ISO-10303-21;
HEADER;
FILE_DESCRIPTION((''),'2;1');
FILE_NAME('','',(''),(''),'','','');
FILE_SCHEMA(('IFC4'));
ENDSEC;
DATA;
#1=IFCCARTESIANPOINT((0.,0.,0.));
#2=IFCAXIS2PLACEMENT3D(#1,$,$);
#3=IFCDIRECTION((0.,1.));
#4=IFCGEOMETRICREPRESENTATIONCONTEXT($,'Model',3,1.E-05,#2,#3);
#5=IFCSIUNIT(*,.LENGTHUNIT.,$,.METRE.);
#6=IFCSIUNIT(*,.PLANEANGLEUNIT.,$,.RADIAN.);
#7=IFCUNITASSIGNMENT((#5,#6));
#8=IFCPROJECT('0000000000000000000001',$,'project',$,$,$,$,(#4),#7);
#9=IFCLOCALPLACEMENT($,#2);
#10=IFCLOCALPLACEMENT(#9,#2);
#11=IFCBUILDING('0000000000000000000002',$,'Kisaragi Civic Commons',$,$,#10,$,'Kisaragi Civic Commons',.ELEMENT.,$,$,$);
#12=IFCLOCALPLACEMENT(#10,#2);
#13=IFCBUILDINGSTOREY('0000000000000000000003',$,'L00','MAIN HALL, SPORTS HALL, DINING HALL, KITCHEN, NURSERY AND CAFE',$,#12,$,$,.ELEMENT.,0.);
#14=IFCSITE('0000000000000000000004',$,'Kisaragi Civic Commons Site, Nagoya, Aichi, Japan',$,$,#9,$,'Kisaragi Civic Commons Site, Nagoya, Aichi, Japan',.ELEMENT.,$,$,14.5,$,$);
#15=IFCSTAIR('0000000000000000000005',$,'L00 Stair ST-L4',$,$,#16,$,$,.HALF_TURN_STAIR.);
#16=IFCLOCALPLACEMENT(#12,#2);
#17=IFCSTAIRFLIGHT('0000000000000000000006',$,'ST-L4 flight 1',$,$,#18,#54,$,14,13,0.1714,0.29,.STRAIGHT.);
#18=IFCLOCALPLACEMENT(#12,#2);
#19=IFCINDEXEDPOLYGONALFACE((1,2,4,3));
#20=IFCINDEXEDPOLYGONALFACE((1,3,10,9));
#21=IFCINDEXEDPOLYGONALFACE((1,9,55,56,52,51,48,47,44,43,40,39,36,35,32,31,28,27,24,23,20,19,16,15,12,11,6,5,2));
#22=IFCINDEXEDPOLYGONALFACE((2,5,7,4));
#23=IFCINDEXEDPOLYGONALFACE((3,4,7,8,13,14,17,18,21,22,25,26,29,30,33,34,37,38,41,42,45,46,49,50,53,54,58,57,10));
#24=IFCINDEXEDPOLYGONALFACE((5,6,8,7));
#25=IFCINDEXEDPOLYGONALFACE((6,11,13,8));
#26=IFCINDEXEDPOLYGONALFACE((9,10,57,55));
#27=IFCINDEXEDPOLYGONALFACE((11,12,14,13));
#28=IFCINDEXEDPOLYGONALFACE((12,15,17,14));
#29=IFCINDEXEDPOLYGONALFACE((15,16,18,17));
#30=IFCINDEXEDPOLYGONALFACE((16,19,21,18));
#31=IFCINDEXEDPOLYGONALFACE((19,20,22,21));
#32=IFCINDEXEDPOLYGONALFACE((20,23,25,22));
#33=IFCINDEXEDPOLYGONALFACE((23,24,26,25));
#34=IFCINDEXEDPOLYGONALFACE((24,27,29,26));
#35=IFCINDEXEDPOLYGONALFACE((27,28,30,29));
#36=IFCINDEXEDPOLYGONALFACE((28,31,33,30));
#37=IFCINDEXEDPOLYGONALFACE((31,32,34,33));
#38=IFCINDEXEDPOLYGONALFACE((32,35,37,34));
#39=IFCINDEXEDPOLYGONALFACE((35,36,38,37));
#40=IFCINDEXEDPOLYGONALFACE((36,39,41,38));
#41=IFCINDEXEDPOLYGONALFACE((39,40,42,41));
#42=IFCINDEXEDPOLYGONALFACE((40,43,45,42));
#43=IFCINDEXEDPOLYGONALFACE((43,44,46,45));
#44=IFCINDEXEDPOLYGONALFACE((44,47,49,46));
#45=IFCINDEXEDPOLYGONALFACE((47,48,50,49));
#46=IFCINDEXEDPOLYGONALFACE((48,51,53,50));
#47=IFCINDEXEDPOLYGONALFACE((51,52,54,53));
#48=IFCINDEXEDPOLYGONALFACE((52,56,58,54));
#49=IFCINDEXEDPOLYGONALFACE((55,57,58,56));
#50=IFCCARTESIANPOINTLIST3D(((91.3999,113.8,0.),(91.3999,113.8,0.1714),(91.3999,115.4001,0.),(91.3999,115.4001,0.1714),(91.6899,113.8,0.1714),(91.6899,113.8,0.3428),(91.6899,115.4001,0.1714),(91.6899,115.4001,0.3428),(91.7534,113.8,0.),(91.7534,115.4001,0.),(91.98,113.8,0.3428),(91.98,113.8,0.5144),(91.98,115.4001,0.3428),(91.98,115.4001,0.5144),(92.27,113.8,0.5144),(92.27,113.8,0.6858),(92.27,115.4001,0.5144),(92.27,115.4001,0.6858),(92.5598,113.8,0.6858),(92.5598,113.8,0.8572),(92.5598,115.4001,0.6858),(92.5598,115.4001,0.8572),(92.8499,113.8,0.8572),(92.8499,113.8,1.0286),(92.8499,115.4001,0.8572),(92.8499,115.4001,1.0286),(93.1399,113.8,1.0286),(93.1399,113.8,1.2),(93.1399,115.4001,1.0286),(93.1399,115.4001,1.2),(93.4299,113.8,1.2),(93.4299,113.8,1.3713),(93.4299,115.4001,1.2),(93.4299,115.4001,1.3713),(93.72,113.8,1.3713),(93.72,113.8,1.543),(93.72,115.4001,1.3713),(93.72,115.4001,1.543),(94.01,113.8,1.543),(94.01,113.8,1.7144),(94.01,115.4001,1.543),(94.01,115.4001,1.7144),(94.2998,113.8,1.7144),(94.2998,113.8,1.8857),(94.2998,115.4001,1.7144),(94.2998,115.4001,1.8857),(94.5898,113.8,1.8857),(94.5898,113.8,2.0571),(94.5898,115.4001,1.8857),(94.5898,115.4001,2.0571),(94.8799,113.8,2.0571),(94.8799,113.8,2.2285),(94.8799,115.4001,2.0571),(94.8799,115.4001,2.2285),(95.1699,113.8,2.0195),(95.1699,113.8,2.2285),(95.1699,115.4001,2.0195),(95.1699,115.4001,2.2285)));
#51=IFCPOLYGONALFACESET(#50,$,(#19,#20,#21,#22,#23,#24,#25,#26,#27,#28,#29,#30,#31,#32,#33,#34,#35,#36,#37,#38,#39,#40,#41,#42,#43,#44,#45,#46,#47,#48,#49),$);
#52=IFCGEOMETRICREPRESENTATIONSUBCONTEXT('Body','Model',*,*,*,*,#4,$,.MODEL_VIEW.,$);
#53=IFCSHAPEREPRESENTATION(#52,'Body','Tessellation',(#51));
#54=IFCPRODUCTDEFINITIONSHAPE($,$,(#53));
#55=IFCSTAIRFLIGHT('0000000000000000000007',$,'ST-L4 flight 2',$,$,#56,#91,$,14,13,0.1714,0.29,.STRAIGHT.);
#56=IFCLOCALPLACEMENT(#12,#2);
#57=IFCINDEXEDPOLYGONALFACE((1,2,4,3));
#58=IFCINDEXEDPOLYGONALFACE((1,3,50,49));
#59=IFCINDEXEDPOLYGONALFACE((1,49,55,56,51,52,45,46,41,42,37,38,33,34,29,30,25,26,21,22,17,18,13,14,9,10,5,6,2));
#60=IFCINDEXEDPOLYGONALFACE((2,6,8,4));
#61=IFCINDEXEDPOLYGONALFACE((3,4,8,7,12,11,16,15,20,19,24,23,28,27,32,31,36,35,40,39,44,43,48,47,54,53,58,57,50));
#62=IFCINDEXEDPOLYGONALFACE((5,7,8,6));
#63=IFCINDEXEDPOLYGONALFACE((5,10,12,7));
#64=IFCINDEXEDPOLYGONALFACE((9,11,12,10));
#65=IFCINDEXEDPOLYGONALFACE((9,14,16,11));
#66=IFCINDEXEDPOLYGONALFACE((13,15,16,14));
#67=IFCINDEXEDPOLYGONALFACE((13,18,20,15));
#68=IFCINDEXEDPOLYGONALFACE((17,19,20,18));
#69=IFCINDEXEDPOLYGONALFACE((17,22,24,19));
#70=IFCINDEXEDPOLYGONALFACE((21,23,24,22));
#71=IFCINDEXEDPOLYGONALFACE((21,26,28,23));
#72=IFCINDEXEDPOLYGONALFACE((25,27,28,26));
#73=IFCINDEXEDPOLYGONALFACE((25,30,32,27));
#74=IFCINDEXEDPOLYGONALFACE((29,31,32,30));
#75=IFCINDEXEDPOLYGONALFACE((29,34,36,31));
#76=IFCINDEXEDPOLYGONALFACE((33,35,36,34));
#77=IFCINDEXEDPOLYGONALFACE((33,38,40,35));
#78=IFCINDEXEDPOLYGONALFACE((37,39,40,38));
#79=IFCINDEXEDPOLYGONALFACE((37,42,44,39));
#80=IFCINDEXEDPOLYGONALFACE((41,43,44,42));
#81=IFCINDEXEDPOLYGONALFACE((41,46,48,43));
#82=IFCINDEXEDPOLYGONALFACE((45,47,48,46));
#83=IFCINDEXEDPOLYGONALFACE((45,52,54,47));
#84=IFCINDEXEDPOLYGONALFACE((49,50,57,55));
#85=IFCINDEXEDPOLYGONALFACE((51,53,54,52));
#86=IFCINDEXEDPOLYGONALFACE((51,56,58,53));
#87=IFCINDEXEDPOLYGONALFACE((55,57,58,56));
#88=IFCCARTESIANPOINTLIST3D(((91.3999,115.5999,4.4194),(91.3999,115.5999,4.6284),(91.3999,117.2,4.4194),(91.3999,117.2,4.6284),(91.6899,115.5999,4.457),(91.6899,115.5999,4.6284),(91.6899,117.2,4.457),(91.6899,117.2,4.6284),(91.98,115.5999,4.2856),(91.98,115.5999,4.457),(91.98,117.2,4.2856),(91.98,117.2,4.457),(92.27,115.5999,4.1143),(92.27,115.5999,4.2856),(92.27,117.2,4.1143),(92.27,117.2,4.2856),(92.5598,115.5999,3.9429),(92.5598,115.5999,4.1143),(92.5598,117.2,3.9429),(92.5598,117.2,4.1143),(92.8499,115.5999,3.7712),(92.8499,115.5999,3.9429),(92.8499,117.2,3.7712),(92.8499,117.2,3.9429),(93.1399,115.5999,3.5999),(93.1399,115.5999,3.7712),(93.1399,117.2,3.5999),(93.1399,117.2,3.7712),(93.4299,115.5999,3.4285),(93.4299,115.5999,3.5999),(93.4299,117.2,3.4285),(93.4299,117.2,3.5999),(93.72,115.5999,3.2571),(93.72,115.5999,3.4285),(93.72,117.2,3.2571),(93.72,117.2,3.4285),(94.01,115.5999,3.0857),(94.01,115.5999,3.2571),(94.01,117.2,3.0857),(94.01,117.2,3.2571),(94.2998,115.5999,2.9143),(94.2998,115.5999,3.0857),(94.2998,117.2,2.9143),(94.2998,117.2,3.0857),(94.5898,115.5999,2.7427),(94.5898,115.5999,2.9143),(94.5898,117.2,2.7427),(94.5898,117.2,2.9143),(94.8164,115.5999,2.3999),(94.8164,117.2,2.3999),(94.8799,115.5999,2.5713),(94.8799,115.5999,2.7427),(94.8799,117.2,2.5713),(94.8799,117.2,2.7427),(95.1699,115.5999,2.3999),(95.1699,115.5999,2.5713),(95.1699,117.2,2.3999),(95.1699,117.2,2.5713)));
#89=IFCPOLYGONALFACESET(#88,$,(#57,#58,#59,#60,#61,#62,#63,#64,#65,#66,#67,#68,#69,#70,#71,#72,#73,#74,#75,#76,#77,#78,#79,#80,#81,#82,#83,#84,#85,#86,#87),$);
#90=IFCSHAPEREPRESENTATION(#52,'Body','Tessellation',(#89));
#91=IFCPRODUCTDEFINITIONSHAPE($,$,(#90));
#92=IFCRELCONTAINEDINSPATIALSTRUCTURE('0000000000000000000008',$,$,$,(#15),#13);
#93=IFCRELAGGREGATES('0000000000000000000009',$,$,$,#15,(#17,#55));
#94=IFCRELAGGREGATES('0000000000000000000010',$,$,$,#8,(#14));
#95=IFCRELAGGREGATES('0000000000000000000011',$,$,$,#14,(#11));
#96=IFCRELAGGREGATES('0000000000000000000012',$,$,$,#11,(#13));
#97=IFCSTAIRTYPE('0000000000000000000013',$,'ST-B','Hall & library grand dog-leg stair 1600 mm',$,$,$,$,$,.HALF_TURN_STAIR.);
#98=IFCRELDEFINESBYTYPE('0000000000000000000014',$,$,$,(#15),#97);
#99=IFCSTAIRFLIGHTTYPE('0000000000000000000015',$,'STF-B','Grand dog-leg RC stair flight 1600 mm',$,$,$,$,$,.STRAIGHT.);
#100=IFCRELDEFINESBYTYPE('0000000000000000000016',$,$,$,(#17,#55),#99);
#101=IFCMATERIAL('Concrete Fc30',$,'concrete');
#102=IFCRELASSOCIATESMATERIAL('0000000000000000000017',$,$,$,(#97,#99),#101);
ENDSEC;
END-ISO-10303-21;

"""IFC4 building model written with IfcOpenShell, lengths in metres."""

from ifc_helpers import new_model, si_unit, direction, frame, origin, place, context, subcontext, project, spatial, polyline, outline, extrude, material, type_object, element, aggregate, save


model = new_model("IFC4")

# Units and contexts
model_context = context("Model", 3, precision=1e-05, world=origin(), true_north=direction((0.0, 1.0)))
body_context = subcontext(model_context, "Body", "Model", "MODEL_VIEW")
ifc_project = project(units=[si_unit("LENGTHUNIT", "METRE"), si_unit("PLANEANGLEUNIT", "RADIAN")], contexts=[model_context])

# Site, building, storey
site_placement = place(None, origin())
site = spatial("IfcSite", under=ifc_project, at=site_placement, Name="Kisaragi Civic Commons Site, Nagoya, Aichi, Japan", LongName="Kisaragi Civic Commons Site, Nagoya, Aichi, Japan", CompositionType="ELEMENT", RefElevation=14.5)
building_placement = place(site_placement, origin())
building = spatial("IfcBuilding", under=site, at=building_placement, Name="Kisaragi Civic Commons", LongName="Kisaragi Civic Commons", CompositionType="ELEMENT")
storey_placement = place(building_placement, origin())
storey = spatial("IfcBuildingStorey", under=building, at=storey_placement, Name="L00", Description="MAIN HALL, SPORTS HALL, DINING HALL, KITCHEN, NURSERY AND CAFE", CompositionType="ELEMENT", Elevation=0.0)

# Shared definitions
ifc_material_1 = material(Name="Concrete Fc30", Category="concrete")

# Stair, stair flights
stair_type = type_object("IfcStairType", Name="ST-B", Description="Hall & library grand dog-leg stair 1600 mm", PredefinedType="HALF_TURN_STAIR", material=ifc_material_1)
stair_placement = place(storey_placement, origin())
stair = element("IfcStair", 1, at=stair_placement, inside=storey, type_object=stair_type, Name="L00 Stair ST-L4", PredefinedType="HALF_TURN_STAIR")
stair_flight_type = type_object("IfcStairFlightType", Name="STF-B", Description="Grand dog-leg RC stair flight 1600 mm", PredefinedType="STRAIGHT", material=ifc_material_1)
stair_flight_1_placement = place(storey_placement, frame((91.3999, 114.6001, 0.0), z_axis=(0.0, 0.0, 1.0), x_axis=(1.0, 0.0, 0.0)))
stair_flight_1 = element("IfcStairFlight", 2, at=stair_flight_1_placement, type_object=stair_flight_type, Name="ST-L4 flight 1", NumberOfRisers=14, NumberOfTreads=13, PredefinedType="STRAIGHT", RiserHeight=0.1714, TreadLength=0.29, context=body_context, shape_type="SweptSolid", body=[
    extrude(outline(polyline([(0.0, 0.0), (0.0, 0.1714), (0.29, 0.1714), (0.29, 0.3428), (0.5801, 0.3428), (0.5801, 0.5144), (0.8701, 0.5144), (0.8701, 0.6858), (1.1599, 0.6858), (1.1599, 0.8572), (1.45, 0.8572), (1.45, 1.0286), (1.74, 1.0286), (1.74, 1.2), (2.03, 1.2), (2.03, 1.3713), (2.3201, 1.3713), (2.3201, 1.543), (2.6101, 1.543), (2.6101, 1.7144), (2.8999, 1.7144), (2.8999, 1.8857), (3.1899, 1.8857), (3.1899, 2.0571), (3.48, 2.0571), (3.48, 2.2285), (3.77, 2.2285), (3.77, 2.3999), (3.77, 2.0195), (0.3535, 0.0), (0.0, 0.0)])), frame((0.0, 0.8, 0.0), z_axis=(0.0, -1.0, 0.0), x_axis=(1.0, 0.0, 0.0)), (0.0, 0.0, 1.0), 1.6001),
])
stair_flight_2_placement = place(storey_placement, frame((95.1699, 116.3999, 2.3999), z_axis=(0.0, 0.0, 1.0), x_axis=(-1.0, 0.0, 0.0)))
stair_flight_2 = element("IfcStairFlight", 3, at=stair_flight_2_placement, type_object=stair_flight_type, Name="ST-L4 flight 2", NumberOfRisers=14, NumberOfTreads=13, PredefinedType="STRAIGHT", RiserHeight=0.1714, TreadLength=0.29, context=body_context, shape_type="SweptSolid", body=[
    extrude(outline(polyline([(0.0, 0.0), (0.0, 0.1714), (0.29, 0.1714), (0.29, 0.3428), (0.5801, 0.3428), (0.5801, 0.5144), (0.8701, 0.5144), (0.8701, 0.6858), (1.1599, 0.6858), (1.1599, 0.8572), (1.45, 0.8572), (1.45, 1.0286), (1.74, 1.0286), (1.74, 1.2), (2.03, 1.2), (2.03, 1.3713), (2.3201, 1.3713), (2.3201, 1.543), (2.6101, 1.543), (2.6101, 1.7144), (2.8999, 1.7144), (2.8999, 1.8857), (3.1899, 1.8857), (3.1899, 2.0571), (3.48, 2.0571), (3.48, 2.2285), (3.77, 2.2285), (3.77, 2.3999), (3.77, 2.0195), (0.3535, 0.0), (0.0, 0.0)])), frame((0.0, 0.8, 0.0), z_axis=(0.0, -1.0, 0.0), x_axis=(1.0, 0.0, 0.0)), (0.0, 0.0, 1.0), 1.6001),
])
aggregate(stair, [stair_flight_1, stair_flight_2])

save(model, "model.ifc")
